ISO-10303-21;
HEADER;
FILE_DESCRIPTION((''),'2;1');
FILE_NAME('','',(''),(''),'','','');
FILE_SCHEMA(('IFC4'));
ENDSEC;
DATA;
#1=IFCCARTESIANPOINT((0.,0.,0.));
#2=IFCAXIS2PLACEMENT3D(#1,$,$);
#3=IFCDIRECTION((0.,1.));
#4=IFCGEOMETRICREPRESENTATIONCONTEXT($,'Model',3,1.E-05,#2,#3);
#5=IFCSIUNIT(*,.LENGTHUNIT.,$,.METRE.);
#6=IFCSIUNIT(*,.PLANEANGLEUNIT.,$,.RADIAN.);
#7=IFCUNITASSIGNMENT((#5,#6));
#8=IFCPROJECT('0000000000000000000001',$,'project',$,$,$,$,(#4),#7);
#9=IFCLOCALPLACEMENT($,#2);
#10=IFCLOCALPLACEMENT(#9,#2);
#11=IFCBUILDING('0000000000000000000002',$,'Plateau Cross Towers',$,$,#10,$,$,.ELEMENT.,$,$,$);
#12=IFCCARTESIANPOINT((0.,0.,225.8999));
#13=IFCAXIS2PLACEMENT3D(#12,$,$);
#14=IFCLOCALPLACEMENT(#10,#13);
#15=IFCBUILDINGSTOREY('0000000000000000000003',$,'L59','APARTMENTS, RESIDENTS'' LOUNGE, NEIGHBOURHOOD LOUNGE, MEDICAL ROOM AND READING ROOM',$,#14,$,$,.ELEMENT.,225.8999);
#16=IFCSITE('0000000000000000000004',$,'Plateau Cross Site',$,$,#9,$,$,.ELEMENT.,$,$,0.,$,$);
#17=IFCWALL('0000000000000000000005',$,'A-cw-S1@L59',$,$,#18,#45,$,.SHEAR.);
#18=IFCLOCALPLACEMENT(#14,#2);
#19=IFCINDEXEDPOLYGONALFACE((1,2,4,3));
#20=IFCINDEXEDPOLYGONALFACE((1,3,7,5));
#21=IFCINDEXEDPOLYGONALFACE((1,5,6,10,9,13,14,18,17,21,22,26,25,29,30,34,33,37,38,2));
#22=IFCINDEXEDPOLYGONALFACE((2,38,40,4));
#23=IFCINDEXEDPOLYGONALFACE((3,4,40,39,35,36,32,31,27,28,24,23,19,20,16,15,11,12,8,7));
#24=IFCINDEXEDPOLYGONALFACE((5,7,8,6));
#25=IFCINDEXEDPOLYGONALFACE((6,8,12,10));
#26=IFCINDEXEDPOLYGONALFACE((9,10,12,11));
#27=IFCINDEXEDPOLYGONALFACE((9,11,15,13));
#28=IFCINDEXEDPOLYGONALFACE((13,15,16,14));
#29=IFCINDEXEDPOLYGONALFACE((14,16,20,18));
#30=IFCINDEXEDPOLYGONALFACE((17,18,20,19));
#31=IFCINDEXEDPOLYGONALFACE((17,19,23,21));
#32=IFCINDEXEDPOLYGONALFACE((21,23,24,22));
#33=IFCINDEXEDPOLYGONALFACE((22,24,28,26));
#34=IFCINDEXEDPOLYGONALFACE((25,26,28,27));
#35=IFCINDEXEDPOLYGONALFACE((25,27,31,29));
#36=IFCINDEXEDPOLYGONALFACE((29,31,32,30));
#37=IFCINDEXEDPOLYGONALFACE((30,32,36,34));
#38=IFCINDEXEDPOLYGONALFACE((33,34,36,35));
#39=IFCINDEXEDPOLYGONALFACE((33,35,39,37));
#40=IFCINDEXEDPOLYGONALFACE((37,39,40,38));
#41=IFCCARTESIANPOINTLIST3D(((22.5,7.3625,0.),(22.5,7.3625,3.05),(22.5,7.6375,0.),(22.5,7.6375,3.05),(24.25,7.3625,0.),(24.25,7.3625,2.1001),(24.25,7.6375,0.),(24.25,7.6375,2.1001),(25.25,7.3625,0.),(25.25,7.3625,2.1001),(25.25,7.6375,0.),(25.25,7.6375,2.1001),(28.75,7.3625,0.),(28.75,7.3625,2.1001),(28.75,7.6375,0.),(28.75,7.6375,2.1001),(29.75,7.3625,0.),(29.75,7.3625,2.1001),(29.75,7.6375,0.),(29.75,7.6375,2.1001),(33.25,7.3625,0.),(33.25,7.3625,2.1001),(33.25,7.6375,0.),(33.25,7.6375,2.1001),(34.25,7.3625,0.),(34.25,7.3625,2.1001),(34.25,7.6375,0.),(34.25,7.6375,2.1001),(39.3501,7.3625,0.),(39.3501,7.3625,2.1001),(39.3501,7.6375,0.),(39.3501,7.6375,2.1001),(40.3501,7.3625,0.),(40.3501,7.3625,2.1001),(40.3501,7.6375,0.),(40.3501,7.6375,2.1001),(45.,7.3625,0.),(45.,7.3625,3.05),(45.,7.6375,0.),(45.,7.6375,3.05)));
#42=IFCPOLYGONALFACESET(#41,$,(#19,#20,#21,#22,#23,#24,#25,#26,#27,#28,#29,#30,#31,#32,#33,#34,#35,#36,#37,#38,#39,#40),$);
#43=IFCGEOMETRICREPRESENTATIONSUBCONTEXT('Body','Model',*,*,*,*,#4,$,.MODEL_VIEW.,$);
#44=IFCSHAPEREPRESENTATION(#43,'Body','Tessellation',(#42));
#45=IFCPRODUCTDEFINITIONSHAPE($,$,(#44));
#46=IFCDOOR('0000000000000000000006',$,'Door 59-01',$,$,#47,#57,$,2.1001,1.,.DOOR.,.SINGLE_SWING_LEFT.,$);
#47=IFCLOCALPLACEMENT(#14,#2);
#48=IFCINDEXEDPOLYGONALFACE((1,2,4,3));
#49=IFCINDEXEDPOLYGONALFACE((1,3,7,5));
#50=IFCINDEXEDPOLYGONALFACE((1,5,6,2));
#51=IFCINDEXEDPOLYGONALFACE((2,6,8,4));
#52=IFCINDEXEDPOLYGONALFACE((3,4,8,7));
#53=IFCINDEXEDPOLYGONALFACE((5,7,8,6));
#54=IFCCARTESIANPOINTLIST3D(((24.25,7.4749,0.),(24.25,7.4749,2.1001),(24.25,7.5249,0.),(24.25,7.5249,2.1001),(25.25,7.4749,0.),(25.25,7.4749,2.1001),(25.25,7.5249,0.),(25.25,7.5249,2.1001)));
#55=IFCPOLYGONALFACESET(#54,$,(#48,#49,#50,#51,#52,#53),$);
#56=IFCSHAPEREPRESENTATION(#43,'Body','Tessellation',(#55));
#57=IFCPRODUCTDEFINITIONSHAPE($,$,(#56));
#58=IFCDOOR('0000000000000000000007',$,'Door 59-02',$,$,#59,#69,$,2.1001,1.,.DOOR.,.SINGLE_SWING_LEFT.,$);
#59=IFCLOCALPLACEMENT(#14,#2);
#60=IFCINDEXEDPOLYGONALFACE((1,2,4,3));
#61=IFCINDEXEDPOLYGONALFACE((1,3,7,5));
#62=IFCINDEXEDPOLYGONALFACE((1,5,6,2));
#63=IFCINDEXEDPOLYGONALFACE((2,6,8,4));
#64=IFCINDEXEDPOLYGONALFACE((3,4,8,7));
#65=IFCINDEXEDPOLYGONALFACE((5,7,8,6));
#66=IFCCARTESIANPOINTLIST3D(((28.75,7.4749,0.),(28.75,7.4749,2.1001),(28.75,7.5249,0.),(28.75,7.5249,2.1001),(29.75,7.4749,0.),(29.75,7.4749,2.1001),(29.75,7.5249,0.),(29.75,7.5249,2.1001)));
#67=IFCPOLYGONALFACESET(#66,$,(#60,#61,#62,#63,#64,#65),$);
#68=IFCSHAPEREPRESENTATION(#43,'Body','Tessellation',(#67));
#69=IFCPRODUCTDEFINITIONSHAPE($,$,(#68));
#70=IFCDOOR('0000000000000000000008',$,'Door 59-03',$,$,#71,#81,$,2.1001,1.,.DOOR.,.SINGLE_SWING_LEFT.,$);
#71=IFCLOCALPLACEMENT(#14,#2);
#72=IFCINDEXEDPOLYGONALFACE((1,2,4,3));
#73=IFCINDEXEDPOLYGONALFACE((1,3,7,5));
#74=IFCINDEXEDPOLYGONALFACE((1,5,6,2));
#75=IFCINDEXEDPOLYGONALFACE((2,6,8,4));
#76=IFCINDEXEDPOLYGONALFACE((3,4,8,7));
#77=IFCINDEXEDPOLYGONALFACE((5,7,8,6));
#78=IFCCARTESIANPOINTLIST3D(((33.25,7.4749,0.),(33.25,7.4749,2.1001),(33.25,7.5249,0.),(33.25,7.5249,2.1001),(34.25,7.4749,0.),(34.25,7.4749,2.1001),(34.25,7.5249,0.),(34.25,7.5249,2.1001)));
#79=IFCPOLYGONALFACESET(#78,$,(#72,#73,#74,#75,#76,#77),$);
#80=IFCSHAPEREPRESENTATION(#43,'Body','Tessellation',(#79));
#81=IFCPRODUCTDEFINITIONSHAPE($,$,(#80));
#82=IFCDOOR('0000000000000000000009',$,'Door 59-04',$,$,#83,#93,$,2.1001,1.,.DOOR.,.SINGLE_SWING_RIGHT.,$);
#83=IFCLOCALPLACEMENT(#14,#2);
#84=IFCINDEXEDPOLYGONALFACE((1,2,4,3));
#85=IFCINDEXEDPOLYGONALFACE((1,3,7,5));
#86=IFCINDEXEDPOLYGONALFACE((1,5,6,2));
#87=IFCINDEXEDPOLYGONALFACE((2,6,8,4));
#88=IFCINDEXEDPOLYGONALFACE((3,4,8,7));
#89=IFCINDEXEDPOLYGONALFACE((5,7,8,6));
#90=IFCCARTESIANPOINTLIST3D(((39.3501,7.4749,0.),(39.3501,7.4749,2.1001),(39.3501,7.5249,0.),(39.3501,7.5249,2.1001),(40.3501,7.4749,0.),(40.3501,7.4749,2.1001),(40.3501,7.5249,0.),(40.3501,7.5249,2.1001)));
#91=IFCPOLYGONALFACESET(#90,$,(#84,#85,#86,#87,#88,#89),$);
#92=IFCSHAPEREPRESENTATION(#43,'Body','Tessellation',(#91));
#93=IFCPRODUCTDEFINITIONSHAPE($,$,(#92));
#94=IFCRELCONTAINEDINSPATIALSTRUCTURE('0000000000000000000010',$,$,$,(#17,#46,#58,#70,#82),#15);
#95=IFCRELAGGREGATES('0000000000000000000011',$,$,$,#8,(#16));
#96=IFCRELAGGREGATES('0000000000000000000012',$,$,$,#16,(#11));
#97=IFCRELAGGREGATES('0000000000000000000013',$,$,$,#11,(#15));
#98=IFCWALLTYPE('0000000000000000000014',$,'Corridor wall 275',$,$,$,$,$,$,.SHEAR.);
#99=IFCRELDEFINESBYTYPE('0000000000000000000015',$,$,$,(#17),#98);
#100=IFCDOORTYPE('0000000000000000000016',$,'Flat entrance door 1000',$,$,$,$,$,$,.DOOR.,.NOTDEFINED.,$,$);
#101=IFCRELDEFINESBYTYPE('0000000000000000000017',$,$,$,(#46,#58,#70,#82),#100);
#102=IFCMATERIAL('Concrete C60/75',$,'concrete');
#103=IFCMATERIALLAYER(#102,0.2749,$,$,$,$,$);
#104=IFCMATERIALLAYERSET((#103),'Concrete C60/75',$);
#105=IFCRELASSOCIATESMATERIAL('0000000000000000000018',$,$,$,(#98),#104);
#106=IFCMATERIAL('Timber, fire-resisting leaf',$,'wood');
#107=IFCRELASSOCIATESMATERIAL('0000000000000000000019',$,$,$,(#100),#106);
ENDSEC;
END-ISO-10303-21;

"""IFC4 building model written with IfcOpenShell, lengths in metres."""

from ifc_helpers import new_model, si_unit, direction, frame, frame_2d, origin, place, context, subcontext, project, spatial, rectangle, extrude, material, layer, layer_set, type_object, element, fill, save


model = new_model("IFC4")

# Units and contexts
model_context = context("Model", 3, precision=1e-05, world=origin(), true_north=direction((0.0, 1.0)))
body_context = subcontext(model_context, "Body", "Model", "MODEL_VIEW")
ifc_project = project(units=[si_unit("LENGTHUNIT", "METRE"), si_unit("PLANEANGLEUNIT", "RADIAN")], contexts=[model_context])

# Site, building, storey
site_placement = place(None, origin())
site = spatial("IfcSite", under=ifc_project, at=site_placement, Name="Plateau Cross Site", CompositionType="ELEMENT", RefElevation=0.0)
building_placement = place(site_placement, origin())
building = spatial("IfcBuilding", under=site, at=building_placement, Name="Plateau Cross Towers", CompositionType="ELEMENT")
storey_placement = place(building_placement, frame((0.0, 0.0, 225.8999)))
storey = spatial("IfcBuildingStorey", under=building, at=storey_placement, Name="L59", Description="APARTMENTS, RESIDENTS' LOUNGE, NEIGHBOURHOOD LOUNGE, MEDICAL ROOM AND READING ROOM", CompositionType="ELEMENT", Elevation=225.8999)

# Shared definitions
ifc_material_1 = material(Name="Concrete C60/75", Category="concrete")

# Wall, openings, doors
ifc_layer_1 = layer(ifc_material_1, 0.2749)
ifc_layer_set_1 = layer_set([ifc_layer_1], Name="Concrete C60/75")
wall_type_1 = type_object("IfcWallType", Name="Corridor wall 275", PredefinedType="SHEAR", material=ifc_layer_set_1)
wall_1_placement = place(storey_placement, frame((22.5, 7.5, 0.0), z_axis=(0.0, 0.0, 1.0), x_axis=(1.0, 0.0, 0.0)))
wall_1 = element("IfcWall", 1, at=wall_1_placement, inside=storey, type_object=wall_type_1, Name="A-cw-S1@L59", PredefinedType="SHEAR", context=body_context, shape_type="SweptSolid", body=[
    extrude(rectangle(XDim=22.5, YDim=0.2749, at=frame_2d((11.25, 0.0))), origin(), (0.0, 0.0, 1.0), 3.05),
])
opening_1_placement = place(wall_1_placement, frame((1.75, 0.0, 0.0)))
opening_1 = element("IfcOpeningElement", 2, at=opening_1_placement, cuts=wall_1, PredefinedType="OPENING", context=body_context, shape_type="SweptSolid", body=[
    extrude(rectangle(XDim=1.0, YDim=2.1001, at=frame_2d((0.5, 1.05))), frame((0.0, 0.1475, 0.0), z_axis=(0.0, -1.0, 0.0), x_axis=(1.0, 0.0, 0.0)), (0.0, 0.0, 1.0), 0.2949),
])
opening_2_placement = place(wall_1_placement, frame((6.25, 0.0, 0.0)))
opening_2 = element("IfcOpeningElement", 3, at=opening_2_placement, cuts=wall_1, PredefinedType="OPENING", context=body_context, shape_type="SweptSolid", body=[
    extrude(rectangle(XDim=1.0, YDim=2.1001, at=frame_2d((0.5, 1.05))), frame((0.0, 0.1475, 0.0), z_axis=(0.0, -1.0, 0.0), x_axis=(1.0, 0.0, 0.0)), (0.0, 0.0, 1.0), 0.2949),
])
opening_3_placement = place(wall_1_placement, frame((10.75, 0.0, 0.0)))
opening_3 = element("IfcOpeningElement", 4, at=opening_3_placement, cuts=wall_1, PredefinedType="OPENING", context=body_context, shape_type="SweptSolid", body=[
    extrude(rectangle(XDim=1.0, YDim=2.1001, at=frame_2d((0.5, 1.05))), frame((0.0, 0.1475, 0.0), z_axis=(0.0, -1.0, 0.0), x_axis=(1.0, 0.0, 0.0)), (0.0, 0.0, 1.0), 0.2949),
])
opening_4_placement = place(wall_1_placement, frame((16.8501, 0.0, 0.0)))
opening_4 = element("IfcOpeningElement", 5, at=opening_4_placement, cuts=wall_1, PredefinedType="OPENING", context=body_context, shape_type="SweptSolid", body=[
    extrude(rectangle(XDim=1.0, YDim=2.1001, at=frame_2d((0.5, 1.05))), frame((0.0, 0.1475, 0.0), z_axis=(0.0, -1.0, 0.0), x_axis=(1.0, 0.0, 0.0)), (0.0, 0.0, 1.0), 0.2949),
])
ifc_material_2 = material(Name="Timber, fire-resisting leaf", Category="wood")
door_type_1 = type_object("IfcDoorType", Name="Flat entrance door 1000", OperationType="NOTDEFINED", PredefinedType="DOOR", material=ifc_material_2)
door_1_placement = place(opening_1_placement, origin())
door_1 = element("IfcDoor", 6, at=door_1_placement, inside=storey, type_object=door_type_1, Name="Door 59-01", OperationType="SINGLE_SWING_LEFT", OverallHeight=2.1001, OverallWidth=1.0, PredefinedType="DOOR", context=body_context, shape_type="SweptSolid", body=[
    extrude(rectangle(XDim=1.0, YDim=2.1001, at=frame_2d((0.5, 1.05))), frame((0.0, 0.0249, 0.0), z_axis=(0.0, -1.0, 0.0), x_axis=(1.0, 0.0, 0.0)), (0.0, 0.0, 1.0), 0.05),
])
fill(opening_1, door_1)
door_2_placement = place(opening_2_placement, origin())
door_2 = element("IfcDoor", 7, at=door_2_placement, inside=storey, type_object=door_type_1, Name="Door 59-02", OperationType="SINGLE_SWING_LEFT", OverallHeight=2.1001, OverallWidth=1.0, PredefinedType="DOOR", context=body_context, shape_type="SweptSolid", body=[
    extrude(rectangle(XDim=1.0, YDim=2.1001, at=frame_2d((0.5, 1.05))), frame((0.0, 0.0249, 0.0), z_axis=(0.0, -1.0, 0.0), x_axis=(1.0, 0.0, 0.0)), (0.0, 0.0, 1.0), 0.05),
])
fill(opening_2, door_2)
door_3_placement = place(opening_3_placement, origin())
door_3 = element("IfcDoor", 8, at=door_3_placement, inside=storey, type_object=door_type_1, Name="Door 59-03", OperationType="SINGLE_SWING_LEFT", OverallHeight=2.1001, OverallWidth=1.0, PredefinedType="DOOR", context=body_context, shape_type="SweptSolid", body=[
    extrude(rectangle(XDim=1.0, YDim=2.1001, at=frame_2d((0.5, 1.05))), frame((0.0, 0.0249, 0.0), z_axis=(0.0, -1.0, 0.0), x_axis=(1.0, 0.0, 0.0)), (0.0, 0.0, 1.0), 0.05),
])
fill(opening_3, door_3)
door_4_placement = place(opening_4_placement, origin())
door_4 = element("IfcDoor", 9, at=door_4_placement, inside=storey, type_object=door_type_1, Name="Door 59-04", OperationType="SINGLE_SWING_RIGHT", OverallHeight=2.1001, OverallWidth=1.0, PredefinedType="DOOR", context=body_context, shape_type="SweptSolid", body=[
    extrude(rectangle(XDim=1.0, YDim=2.1001, at=frame_2d((0.5, 1.05))), frame((0.0, 0.0249, 0.0), z_axis=(0.0, -1.0, 0.0), x_axis=(1.0, 0.0, 0.0)), (0.0, 0.0, 1.0), 0.05),
])
fill(opening_4, door_4)

save(model, "model.ifc")
